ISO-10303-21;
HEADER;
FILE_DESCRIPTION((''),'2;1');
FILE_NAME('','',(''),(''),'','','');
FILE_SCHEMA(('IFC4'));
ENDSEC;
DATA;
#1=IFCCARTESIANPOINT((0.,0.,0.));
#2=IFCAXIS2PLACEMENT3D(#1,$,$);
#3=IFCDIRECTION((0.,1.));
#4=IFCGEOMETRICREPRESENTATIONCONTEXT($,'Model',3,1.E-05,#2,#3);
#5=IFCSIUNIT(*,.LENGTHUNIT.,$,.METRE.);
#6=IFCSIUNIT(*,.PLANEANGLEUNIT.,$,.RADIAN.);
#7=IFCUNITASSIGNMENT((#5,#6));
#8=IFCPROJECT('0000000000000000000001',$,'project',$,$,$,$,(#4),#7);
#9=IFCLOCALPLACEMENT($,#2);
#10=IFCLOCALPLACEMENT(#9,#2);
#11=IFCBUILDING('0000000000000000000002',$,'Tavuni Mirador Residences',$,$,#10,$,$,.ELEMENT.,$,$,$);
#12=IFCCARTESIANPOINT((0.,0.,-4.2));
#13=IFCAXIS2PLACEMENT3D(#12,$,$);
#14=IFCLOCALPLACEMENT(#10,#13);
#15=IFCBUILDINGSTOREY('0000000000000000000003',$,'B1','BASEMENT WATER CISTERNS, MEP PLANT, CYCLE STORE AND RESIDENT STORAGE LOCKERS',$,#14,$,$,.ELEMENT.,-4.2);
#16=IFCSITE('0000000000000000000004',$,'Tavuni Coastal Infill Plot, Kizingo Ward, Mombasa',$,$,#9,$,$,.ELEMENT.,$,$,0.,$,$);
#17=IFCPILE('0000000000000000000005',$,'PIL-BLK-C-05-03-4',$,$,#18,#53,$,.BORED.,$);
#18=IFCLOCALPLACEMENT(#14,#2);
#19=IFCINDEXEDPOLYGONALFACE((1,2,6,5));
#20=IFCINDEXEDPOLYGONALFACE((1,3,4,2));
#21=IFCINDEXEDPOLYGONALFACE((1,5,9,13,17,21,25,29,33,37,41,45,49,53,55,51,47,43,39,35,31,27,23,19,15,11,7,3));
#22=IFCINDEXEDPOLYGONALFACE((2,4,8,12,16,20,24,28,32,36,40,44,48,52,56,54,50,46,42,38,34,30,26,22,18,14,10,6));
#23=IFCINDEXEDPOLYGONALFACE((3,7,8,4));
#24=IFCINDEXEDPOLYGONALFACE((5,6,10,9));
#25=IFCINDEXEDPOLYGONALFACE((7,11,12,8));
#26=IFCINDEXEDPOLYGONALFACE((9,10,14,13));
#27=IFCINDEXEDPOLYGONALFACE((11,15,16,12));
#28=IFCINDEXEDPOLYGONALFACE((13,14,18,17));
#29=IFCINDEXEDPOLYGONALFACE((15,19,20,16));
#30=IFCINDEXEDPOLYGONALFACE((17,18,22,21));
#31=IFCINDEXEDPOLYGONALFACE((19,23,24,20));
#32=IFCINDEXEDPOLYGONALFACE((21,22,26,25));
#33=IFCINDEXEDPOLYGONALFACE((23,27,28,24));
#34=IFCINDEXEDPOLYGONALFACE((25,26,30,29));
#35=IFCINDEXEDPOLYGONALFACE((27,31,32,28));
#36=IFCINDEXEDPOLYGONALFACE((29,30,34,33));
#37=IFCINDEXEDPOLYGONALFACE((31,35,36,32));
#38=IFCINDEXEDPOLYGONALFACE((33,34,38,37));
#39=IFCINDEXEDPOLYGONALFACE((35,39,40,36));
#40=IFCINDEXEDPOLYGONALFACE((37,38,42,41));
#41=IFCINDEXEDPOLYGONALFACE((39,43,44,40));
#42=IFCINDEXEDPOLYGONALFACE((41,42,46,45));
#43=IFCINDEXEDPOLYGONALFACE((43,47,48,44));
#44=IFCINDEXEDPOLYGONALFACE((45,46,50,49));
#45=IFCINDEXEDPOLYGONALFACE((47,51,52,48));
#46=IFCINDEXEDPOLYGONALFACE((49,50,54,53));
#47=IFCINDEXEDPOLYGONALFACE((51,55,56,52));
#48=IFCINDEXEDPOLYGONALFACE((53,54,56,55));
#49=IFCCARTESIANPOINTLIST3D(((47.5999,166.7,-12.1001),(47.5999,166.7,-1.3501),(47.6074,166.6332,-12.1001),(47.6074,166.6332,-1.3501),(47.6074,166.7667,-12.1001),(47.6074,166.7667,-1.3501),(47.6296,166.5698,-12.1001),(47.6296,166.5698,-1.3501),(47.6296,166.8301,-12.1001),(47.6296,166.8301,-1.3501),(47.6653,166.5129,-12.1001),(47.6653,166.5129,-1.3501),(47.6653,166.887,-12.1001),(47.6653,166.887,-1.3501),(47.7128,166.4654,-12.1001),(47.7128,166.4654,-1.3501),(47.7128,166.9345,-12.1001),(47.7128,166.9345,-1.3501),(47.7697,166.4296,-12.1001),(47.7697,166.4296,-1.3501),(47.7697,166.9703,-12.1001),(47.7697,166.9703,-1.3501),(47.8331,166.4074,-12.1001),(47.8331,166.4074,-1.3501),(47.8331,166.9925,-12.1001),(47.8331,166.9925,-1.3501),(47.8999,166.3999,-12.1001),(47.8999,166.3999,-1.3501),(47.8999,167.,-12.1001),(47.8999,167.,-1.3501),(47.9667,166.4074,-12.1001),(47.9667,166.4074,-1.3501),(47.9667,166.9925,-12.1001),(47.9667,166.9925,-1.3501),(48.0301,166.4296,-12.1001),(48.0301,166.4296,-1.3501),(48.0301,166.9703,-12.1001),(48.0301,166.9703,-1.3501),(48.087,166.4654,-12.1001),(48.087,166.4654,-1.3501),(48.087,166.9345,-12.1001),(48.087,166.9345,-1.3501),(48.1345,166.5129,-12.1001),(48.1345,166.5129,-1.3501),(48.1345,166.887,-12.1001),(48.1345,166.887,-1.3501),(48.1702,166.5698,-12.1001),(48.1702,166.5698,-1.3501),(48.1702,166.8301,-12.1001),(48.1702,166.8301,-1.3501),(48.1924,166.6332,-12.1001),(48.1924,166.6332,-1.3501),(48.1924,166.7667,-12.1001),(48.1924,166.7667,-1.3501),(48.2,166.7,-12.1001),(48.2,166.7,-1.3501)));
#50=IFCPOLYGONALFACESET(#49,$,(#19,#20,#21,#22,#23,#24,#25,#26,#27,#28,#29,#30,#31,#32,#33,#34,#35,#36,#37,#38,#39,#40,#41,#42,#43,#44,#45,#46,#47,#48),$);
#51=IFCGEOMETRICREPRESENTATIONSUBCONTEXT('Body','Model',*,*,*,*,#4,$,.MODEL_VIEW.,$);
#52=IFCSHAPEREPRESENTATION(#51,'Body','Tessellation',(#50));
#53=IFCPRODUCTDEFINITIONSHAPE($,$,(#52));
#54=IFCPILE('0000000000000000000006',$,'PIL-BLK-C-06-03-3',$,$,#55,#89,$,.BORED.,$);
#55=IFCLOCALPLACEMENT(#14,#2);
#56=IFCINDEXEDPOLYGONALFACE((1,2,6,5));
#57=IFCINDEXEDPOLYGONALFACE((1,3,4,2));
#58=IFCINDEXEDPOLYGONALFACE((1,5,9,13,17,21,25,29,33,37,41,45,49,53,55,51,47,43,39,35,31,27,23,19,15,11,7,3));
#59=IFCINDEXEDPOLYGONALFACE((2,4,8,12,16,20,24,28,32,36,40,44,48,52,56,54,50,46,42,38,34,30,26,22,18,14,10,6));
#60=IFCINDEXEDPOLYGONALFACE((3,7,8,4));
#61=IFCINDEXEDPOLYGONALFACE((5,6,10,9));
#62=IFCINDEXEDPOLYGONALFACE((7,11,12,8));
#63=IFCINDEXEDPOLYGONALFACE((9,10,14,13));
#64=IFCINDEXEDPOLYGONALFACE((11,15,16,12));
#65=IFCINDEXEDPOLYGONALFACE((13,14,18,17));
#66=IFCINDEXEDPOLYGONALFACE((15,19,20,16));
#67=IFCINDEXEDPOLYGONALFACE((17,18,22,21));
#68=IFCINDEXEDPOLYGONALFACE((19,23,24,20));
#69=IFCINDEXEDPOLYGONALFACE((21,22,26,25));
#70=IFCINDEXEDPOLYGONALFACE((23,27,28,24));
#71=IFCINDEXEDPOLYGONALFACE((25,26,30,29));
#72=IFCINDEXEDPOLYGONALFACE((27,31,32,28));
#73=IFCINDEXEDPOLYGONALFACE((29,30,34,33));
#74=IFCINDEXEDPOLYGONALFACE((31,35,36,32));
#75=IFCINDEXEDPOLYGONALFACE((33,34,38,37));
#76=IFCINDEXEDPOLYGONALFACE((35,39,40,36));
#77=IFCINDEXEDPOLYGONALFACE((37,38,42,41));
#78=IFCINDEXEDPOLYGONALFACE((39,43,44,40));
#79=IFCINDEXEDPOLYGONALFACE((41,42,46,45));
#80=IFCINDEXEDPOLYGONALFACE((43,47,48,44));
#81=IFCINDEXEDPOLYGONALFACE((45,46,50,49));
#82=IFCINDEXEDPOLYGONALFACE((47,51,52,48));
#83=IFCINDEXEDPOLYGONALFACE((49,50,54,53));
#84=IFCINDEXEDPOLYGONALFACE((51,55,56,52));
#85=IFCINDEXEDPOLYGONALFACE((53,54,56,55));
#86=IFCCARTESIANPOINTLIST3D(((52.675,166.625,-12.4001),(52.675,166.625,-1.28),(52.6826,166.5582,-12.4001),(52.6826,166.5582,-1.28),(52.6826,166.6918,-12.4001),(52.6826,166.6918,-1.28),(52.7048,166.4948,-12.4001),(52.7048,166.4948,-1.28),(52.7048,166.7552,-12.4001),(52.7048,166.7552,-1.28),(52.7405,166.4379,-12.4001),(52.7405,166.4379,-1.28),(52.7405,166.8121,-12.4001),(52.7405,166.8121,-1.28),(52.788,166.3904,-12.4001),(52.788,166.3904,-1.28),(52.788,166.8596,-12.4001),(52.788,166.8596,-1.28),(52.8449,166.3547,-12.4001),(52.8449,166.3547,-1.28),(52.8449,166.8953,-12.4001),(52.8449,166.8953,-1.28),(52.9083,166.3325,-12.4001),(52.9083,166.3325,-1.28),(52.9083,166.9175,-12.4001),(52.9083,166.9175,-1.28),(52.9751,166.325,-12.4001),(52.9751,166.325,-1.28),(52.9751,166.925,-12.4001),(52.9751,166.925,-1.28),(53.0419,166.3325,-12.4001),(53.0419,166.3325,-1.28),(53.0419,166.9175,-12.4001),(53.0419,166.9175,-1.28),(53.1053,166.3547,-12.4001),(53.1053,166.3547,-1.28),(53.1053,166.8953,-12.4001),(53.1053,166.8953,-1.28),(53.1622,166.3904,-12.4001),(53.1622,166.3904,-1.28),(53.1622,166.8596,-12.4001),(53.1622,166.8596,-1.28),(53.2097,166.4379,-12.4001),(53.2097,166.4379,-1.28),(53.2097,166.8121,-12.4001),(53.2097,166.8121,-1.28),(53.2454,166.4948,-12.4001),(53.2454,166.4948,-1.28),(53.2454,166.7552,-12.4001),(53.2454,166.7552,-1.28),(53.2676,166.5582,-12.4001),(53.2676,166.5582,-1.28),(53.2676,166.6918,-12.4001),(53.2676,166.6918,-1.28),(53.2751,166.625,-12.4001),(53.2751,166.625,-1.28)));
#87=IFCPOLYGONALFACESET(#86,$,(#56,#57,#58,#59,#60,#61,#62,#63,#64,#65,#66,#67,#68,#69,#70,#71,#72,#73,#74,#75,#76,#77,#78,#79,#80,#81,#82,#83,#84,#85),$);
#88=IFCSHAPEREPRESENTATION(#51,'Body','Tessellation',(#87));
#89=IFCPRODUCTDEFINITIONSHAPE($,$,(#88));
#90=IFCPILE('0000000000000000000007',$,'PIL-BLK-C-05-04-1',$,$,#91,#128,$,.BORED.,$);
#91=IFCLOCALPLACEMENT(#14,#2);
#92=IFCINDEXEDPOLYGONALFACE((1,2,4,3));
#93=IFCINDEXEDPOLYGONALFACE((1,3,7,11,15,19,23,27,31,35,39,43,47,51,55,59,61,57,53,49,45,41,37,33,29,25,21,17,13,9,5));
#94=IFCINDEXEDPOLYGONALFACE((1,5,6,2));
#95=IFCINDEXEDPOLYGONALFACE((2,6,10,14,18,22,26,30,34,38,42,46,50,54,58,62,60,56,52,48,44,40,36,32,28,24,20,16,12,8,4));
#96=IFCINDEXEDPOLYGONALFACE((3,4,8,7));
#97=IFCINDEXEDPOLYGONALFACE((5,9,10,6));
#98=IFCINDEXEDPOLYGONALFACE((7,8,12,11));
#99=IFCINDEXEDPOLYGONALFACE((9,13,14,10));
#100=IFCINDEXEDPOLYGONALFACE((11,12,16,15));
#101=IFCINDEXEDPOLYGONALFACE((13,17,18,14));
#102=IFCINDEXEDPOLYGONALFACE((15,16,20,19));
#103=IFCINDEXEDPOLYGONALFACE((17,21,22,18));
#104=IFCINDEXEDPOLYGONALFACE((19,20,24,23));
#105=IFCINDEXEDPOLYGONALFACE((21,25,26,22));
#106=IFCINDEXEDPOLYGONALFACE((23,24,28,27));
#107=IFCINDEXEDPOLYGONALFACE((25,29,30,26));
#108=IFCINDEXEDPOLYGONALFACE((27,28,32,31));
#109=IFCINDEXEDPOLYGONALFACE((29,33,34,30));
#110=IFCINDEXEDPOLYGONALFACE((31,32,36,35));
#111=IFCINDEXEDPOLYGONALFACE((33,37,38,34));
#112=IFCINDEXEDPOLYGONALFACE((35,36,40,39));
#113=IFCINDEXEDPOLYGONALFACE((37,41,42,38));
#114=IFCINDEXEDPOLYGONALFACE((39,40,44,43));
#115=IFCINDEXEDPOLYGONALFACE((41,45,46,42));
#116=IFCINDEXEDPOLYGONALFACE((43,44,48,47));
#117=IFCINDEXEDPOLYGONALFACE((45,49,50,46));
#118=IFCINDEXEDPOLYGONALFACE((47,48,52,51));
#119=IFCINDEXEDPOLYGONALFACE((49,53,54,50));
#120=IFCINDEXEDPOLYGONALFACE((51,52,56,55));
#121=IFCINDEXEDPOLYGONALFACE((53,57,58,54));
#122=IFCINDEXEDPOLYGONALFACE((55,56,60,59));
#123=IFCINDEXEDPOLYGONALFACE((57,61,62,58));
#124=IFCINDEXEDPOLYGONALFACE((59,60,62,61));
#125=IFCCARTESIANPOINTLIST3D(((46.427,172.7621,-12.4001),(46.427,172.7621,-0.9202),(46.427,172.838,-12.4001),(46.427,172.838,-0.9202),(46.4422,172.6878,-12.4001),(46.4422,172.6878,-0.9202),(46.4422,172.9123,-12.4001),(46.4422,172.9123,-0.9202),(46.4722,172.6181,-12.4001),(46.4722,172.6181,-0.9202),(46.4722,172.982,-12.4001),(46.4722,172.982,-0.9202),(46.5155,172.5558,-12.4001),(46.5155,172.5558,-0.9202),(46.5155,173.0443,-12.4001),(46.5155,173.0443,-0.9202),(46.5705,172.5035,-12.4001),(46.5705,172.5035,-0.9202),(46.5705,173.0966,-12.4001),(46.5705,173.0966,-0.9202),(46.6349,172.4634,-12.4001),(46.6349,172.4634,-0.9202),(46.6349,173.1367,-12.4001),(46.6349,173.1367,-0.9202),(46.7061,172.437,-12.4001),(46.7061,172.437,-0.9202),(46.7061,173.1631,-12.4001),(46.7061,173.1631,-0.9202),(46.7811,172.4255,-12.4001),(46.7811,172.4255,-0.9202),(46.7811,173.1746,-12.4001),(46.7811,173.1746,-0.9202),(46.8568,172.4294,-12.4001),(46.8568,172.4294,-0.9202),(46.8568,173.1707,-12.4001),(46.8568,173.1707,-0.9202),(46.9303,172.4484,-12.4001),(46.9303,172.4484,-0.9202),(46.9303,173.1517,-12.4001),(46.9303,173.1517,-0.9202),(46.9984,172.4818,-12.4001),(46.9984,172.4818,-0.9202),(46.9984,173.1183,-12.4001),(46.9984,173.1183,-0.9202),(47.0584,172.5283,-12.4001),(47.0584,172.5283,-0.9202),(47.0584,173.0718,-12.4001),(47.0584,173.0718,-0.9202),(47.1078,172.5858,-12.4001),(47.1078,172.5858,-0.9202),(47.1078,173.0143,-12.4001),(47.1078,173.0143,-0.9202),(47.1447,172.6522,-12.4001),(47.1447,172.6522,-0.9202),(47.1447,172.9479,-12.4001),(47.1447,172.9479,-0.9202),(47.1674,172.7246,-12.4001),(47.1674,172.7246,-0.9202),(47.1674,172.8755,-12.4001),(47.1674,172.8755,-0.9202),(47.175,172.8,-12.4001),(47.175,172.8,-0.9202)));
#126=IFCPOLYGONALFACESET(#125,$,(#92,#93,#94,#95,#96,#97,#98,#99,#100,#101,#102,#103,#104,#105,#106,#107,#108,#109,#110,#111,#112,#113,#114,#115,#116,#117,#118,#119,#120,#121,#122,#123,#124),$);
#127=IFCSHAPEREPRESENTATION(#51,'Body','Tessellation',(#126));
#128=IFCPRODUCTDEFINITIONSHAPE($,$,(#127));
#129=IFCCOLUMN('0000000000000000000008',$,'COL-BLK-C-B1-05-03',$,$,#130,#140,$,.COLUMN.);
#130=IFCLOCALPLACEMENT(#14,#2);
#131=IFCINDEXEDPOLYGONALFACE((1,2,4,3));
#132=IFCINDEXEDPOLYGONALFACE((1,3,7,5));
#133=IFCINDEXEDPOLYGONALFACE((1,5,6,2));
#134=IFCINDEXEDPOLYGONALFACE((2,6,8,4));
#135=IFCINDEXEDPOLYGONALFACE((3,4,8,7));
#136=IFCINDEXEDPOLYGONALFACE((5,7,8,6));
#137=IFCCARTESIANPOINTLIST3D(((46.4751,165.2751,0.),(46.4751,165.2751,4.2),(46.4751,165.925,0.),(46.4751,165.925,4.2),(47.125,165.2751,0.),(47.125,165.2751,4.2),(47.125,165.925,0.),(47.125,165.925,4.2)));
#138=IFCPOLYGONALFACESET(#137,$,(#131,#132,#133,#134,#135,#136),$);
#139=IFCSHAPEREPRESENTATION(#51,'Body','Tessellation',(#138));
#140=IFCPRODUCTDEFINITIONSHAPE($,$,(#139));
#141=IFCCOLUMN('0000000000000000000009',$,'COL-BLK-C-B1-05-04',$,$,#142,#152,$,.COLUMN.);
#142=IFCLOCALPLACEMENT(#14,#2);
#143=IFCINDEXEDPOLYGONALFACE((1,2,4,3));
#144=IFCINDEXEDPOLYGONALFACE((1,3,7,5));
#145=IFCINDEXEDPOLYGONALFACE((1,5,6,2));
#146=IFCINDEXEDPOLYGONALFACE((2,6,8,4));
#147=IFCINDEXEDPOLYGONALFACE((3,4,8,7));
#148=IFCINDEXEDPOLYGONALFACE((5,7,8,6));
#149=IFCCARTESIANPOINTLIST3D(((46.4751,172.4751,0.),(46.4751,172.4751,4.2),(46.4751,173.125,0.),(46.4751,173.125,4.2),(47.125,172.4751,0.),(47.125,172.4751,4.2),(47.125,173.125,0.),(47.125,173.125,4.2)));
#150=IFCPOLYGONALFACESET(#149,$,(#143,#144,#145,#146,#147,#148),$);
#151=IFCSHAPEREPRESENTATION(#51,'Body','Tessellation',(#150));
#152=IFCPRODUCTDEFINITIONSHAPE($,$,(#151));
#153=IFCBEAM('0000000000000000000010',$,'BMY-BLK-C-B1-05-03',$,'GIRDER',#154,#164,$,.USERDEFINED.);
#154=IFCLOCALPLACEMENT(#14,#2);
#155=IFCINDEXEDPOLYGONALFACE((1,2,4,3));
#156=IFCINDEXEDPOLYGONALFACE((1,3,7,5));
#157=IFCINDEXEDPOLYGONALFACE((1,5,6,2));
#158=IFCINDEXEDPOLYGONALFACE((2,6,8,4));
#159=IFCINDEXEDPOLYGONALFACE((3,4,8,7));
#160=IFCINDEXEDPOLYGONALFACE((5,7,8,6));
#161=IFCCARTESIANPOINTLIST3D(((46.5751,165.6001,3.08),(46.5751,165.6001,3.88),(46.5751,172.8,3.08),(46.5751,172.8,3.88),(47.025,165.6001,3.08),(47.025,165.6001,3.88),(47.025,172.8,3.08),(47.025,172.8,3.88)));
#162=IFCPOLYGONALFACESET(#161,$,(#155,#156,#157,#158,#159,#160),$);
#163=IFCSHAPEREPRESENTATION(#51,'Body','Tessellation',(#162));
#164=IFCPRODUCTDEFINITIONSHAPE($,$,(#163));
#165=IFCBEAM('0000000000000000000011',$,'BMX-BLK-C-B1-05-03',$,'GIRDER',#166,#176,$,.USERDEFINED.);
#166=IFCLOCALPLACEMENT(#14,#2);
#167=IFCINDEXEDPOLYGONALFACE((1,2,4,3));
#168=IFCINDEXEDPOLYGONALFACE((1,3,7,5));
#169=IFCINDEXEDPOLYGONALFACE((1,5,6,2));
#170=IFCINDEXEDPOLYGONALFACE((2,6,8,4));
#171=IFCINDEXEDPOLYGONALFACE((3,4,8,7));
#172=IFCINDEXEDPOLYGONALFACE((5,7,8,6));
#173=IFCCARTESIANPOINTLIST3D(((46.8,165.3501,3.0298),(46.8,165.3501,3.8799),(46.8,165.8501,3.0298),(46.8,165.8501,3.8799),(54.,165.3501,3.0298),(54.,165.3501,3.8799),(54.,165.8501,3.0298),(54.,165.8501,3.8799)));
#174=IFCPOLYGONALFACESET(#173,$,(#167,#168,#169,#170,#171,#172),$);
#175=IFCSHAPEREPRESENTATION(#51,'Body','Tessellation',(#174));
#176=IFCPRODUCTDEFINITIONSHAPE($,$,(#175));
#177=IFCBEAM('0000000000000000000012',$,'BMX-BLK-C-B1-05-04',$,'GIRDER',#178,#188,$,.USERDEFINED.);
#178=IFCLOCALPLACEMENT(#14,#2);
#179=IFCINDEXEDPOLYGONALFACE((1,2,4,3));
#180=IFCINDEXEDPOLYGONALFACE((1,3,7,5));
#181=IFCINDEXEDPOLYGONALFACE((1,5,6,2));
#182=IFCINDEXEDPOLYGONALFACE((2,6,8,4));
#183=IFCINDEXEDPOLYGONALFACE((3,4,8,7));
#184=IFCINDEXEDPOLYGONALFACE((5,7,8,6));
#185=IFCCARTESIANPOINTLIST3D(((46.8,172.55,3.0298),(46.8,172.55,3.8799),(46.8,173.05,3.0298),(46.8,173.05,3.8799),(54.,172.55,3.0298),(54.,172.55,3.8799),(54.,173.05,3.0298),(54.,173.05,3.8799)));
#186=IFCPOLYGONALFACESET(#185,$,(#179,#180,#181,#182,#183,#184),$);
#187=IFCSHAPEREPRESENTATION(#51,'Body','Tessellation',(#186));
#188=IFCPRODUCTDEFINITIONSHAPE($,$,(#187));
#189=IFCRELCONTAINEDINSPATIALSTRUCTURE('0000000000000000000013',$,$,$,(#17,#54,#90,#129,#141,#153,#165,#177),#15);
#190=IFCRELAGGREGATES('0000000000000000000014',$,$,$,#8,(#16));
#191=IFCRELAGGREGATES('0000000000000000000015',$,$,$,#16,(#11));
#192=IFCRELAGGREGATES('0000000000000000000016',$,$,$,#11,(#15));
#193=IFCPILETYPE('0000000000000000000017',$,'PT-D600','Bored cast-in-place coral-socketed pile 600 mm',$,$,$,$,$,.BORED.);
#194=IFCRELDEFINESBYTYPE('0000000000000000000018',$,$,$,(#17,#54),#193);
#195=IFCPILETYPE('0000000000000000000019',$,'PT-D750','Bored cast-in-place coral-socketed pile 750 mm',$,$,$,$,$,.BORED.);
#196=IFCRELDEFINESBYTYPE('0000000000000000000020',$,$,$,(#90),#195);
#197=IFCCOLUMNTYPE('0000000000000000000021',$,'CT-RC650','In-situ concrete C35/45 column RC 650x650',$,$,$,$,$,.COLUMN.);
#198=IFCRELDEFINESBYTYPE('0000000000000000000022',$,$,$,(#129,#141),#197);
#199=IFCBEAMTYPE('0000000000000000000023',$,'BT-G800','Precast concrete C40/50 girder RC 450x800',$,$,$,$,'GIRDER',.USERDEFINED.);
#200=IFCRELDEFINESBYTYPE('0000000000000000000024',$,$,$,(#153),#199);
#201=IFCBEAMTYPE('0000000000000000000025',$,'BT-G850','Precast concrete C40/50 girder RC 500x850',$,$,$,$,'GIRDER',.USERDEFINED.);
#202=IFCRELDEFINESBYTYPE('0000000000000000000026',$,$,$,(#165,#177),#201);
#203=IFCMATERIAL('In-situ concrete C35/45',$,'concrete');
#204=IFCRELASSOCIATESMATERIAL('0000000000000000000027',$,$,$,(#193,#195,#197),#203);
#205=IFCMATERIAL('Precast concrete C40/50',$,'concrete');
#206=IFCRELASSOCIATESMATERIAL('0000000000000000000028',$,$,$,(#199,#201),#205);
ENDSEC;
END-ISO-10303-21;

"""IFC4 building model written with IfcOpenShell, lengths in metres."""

from ifc_helpers import new_model, si_unit, direction, frame, origin, origin_2d, place, context, subcontext, project, spatial, rectangle, circle, extrude, material, material_profile, profile_set, type_object, element, save


model = new_model("IFC4")

# Units and contexts
model_context = context("Model", 3, precision=1e-05, world=origin(), true_north=direction((0.0, 1.0)))
body_context = subcontext(model_context, "Body", "Model", "MODEL_VIEW")
ifc_project = project(units=[si_unit("LENGTHUNIT", "METRE"), si_unit("PLANEANGLEUNIT", "RADIAN")], contexts=[model_context])

# Site, building, storey
site_placement = place(None, origin())
site = spatial("IfcSite", under=ifc_project, at=site_placement, Name="Tavuni Coastal Infill Plot, Kizingo Ward, Mombasa", CompositionType="ELEMENT", RefElevation=0.0)
building_placement = place(site_placement, origin())
building = spatial("IfcBuilding", under=site, at=building_placement, Name="Tavuni Mirador Residences", CompositionType="ELEMENT")
storey_placement = place(building_placement, frame((0.0, 0.0, -4.2)))
storey = spatial("IfcBuildingStorey", under=building, at=storey_placement, Name="B1", Description="BASEMENT WATER CISTERNS, MEP PLANT, CYCLE STORE AND RESIDENT STORAGE LOCKERS", CompositionType="ELEMENT", Elevation=-4.2)

# Shared definitions
ifc_material_1 = material(Name="In-situ concrete C35/45", Category="concrete")

# Piles
ifc_material_profile_1 = material_profile(ifc_material_1, circle(Radius=0.3, at=origin_2d()), Name="PILE D600", Category="concrete")
ifc_profile_set_1 = profile_set([ifc_material_profile_1], Name="In-situ concrete C35/45")
pile_type_1 = type_object("IfcPileType", Name="PT-D600", Description="Bored cast-in-place coral-socketed pile 600 mm", PredefinedType="BORED", material=ifc_profile_set_1)
for number, where, z_axis, x_axis, name in (
    (1, (47.8999, 166.7, -1.3501), (0.0, 0.0, -1.0), (1.0, 0.0, 0.0), "PIL-BLK-C-05-03-4"),
):
    element("IfcPile", number, at=place(storey_placement, frame(where, z_axis=z_axis, x_axis=x_axis)), inside=storey, type_object=pile_type_1, Name=name, PredefinedType="BORED", context=body_context, shape_type="SweptSolid", body=[
        extrude(circle(Radius=0.3, at=origin_2d()), origin(), (0.0, 0.0, 1.0), 10.75),
    ])
pile_1_placement = place(storey_placement, frame((52.9751, 166.625, -1.28), z_axis=(0.0, 0.0, -1.0), x_axis=(1.0, 0.0, 0.0)))
element("IfcPile", 2, at=pile_1_placement, inside=storey, type_object=pile_type_1, Name="PIL-BLK-C-06-03-3", PredefinedType="BORED", context=body_context, shape_type="SweptSolid", body=[
    extrude(circle(Radius=0.3, at=origin_2d()), origin(), (0.0, 0.0, 1.0), 11.1201),
])
ifc_material_profile_2 = material_profile(ifc_material_1, circle(Radius=0.375, at=origin_2d()), Name="PILE D750", Category="concrete")
ifc_profile_set_2 = profile_set([ifc_material_profile_2], Name="In-situ concrete C35/45")
pile_type_2 = type_object("IfcPileType", Name="PT-D750", Description="Bored cast-in-place coral-socketed pile 750 mm", PredefinedType="BORED", material=ifc_profile_set_2)
pile_2_placement = place(storey_placement, frame((46.8, 172.8, -0.9202), z_axis=(0.0, 0.0, -1.0), x_axis=(1.0, 0.0, 0.0)))
element("IfcPile", 3, at=pile_2_placement, inside=storey, type_object=pile_type_2, Name="PIL-BLK-C-05-04-1", PredefinedType="BORED", context=body_context, shape_type="SweptSolid", body=[
    extrude(circle(Radius=0.375, at=origin_2d()), origin(), (0.0, 0.0, 1.0), 11.48),
])

# Columns
ifc_material_profile_3 = material_profile(ifc_material_1, rectangle(XDim=0.6499, YDim=0.6499, at=origin_2d()), Name="RC 650x650", Category="concrete")
ifc_profile_set_3 = profile_set([ifc_material_profile_3], Name="In-situ concrete C35/45")
column_type = type_object("IfcColumnType", Name="CT-RC650", Description="In-situ concrete C35/45 column RC 650x650", PredefinedType="COLUMN", material=ifc_profile_set_3)
for number, where, z_axis, x_axis, name in (
    (4, (46.8, 165.6001, 0.0), (0.0, 0.0, 1.0), (1.0, 0.0, 0.0), "COL-BLK-C-B1-05-03"),
    (5, (46.8, 172.8, 0.0), (0.0, 0.0, 1.0), (1.0, 0.0, 0.0), "COL-BLK-C-B1-05-04"),
):
    element("IfcColumn", number, at=place(storey_placement, frame(where, z_axis=z_axis, x_axis=x_axis)), inside=storey, type_object=column_type, Name=name, PredefinedType="COLUMN", context=body_context, shape_type="SweptSolid", body=[
        extrude(rectangle(XDim=0.6499, YDim=0.6499, at=origin_2d()), origin(), (0.0, 0.0, 1.0), 4.2),
    ])

# Beams
ifc_material_2 = material(Name="Precast concrete C40/50", Category="concrete")
ifc_material_profile_4 = material_profile(ifc_material_2, rectangle(XDim=0.45, YDim=0.8, at=origin_2d()), Name="RC 450x800", Category="concrete")
ifc_profile_set_4 = profile_set([ifc_material_profile_4], Name="Precast concrete C40/50")
beam_type_1 = type_object("IfcBeamType", Name="BT-G800", Description="Precast concrete C40/50 girder RC 450x800", ElementType="GIRDER", PredefinedType="USERDEFINED", material=ifc_profile_set_4)
beam_placement = place(storey_placement, frame((46.8, 165.6001, 3.48), z_axis=(0.0, 1.0, 0.0), x_axis=(-1.0, 0.0, 0.0)))
element("IfcBeam", 6, at=beam_placement, inside=storey, type_object=beam_type_1, Name="BMY-BLK-C-B1-05-03", ObjectType="GIRDER", PredefinedType="USERDEFINED", context=body_context, shape_type="SweptSolid", body=[
    extrude(rectangle(XDim=0.45, YDim=0.8, at=origin_2d()), origin(), (0.0, 0.0, 1.0), 7.2),
])
ifc_material_profile_5 = material_profile(ifc_material_2, rectangle(XDim=0.5, YDim=0.8501, at=origin_2d()), Name="RC 500x850", Category="concrete")
ifc_profile_set_5 = profile_set([ifc_material_profile_5], Name="Precast concrete C40/50")
beam_type_2 = type_object("IfcBeamType", Name="BT-G850", Description="Precast concrete C40/50 girder RC 500x850", ElementType="GIRDER", PredefinedType="USERDEFINED", material=ifc_profile_set_5)
for number, where, z_axis, x_axis, name in (
    (7, (46.8, 165.6001, 3.4548), (1.0, 0.0, 0.0), (0.0, 1.0, 0.0), "BMX-BLK-C-B1-05-03"),
    (8, (46.8, 172.8, 3.4548), (1.0, 0.0, 0.0), (0.0, 1.0, 0.0), "BMX-BLK-C-B1-05-04"),
):
    element("IfcBeam", number, at=place(storey_placement, frame(where, z_axis=z_axis, x_axis=x_axis)), inside=storey, type_object=beam_type_2, Name=name, ObjectType="GIRDER", PredefinedType="USERDEFINED", context=body_context, shape_type="SweptSolid", body=[
        extrude(rectangle(XDim=0.5, YDim=0.8501, at=origin_2d()), origin(), (0.0, 0.0, 1.0), 7.2),
    ])

save(model, "model.ifc")
